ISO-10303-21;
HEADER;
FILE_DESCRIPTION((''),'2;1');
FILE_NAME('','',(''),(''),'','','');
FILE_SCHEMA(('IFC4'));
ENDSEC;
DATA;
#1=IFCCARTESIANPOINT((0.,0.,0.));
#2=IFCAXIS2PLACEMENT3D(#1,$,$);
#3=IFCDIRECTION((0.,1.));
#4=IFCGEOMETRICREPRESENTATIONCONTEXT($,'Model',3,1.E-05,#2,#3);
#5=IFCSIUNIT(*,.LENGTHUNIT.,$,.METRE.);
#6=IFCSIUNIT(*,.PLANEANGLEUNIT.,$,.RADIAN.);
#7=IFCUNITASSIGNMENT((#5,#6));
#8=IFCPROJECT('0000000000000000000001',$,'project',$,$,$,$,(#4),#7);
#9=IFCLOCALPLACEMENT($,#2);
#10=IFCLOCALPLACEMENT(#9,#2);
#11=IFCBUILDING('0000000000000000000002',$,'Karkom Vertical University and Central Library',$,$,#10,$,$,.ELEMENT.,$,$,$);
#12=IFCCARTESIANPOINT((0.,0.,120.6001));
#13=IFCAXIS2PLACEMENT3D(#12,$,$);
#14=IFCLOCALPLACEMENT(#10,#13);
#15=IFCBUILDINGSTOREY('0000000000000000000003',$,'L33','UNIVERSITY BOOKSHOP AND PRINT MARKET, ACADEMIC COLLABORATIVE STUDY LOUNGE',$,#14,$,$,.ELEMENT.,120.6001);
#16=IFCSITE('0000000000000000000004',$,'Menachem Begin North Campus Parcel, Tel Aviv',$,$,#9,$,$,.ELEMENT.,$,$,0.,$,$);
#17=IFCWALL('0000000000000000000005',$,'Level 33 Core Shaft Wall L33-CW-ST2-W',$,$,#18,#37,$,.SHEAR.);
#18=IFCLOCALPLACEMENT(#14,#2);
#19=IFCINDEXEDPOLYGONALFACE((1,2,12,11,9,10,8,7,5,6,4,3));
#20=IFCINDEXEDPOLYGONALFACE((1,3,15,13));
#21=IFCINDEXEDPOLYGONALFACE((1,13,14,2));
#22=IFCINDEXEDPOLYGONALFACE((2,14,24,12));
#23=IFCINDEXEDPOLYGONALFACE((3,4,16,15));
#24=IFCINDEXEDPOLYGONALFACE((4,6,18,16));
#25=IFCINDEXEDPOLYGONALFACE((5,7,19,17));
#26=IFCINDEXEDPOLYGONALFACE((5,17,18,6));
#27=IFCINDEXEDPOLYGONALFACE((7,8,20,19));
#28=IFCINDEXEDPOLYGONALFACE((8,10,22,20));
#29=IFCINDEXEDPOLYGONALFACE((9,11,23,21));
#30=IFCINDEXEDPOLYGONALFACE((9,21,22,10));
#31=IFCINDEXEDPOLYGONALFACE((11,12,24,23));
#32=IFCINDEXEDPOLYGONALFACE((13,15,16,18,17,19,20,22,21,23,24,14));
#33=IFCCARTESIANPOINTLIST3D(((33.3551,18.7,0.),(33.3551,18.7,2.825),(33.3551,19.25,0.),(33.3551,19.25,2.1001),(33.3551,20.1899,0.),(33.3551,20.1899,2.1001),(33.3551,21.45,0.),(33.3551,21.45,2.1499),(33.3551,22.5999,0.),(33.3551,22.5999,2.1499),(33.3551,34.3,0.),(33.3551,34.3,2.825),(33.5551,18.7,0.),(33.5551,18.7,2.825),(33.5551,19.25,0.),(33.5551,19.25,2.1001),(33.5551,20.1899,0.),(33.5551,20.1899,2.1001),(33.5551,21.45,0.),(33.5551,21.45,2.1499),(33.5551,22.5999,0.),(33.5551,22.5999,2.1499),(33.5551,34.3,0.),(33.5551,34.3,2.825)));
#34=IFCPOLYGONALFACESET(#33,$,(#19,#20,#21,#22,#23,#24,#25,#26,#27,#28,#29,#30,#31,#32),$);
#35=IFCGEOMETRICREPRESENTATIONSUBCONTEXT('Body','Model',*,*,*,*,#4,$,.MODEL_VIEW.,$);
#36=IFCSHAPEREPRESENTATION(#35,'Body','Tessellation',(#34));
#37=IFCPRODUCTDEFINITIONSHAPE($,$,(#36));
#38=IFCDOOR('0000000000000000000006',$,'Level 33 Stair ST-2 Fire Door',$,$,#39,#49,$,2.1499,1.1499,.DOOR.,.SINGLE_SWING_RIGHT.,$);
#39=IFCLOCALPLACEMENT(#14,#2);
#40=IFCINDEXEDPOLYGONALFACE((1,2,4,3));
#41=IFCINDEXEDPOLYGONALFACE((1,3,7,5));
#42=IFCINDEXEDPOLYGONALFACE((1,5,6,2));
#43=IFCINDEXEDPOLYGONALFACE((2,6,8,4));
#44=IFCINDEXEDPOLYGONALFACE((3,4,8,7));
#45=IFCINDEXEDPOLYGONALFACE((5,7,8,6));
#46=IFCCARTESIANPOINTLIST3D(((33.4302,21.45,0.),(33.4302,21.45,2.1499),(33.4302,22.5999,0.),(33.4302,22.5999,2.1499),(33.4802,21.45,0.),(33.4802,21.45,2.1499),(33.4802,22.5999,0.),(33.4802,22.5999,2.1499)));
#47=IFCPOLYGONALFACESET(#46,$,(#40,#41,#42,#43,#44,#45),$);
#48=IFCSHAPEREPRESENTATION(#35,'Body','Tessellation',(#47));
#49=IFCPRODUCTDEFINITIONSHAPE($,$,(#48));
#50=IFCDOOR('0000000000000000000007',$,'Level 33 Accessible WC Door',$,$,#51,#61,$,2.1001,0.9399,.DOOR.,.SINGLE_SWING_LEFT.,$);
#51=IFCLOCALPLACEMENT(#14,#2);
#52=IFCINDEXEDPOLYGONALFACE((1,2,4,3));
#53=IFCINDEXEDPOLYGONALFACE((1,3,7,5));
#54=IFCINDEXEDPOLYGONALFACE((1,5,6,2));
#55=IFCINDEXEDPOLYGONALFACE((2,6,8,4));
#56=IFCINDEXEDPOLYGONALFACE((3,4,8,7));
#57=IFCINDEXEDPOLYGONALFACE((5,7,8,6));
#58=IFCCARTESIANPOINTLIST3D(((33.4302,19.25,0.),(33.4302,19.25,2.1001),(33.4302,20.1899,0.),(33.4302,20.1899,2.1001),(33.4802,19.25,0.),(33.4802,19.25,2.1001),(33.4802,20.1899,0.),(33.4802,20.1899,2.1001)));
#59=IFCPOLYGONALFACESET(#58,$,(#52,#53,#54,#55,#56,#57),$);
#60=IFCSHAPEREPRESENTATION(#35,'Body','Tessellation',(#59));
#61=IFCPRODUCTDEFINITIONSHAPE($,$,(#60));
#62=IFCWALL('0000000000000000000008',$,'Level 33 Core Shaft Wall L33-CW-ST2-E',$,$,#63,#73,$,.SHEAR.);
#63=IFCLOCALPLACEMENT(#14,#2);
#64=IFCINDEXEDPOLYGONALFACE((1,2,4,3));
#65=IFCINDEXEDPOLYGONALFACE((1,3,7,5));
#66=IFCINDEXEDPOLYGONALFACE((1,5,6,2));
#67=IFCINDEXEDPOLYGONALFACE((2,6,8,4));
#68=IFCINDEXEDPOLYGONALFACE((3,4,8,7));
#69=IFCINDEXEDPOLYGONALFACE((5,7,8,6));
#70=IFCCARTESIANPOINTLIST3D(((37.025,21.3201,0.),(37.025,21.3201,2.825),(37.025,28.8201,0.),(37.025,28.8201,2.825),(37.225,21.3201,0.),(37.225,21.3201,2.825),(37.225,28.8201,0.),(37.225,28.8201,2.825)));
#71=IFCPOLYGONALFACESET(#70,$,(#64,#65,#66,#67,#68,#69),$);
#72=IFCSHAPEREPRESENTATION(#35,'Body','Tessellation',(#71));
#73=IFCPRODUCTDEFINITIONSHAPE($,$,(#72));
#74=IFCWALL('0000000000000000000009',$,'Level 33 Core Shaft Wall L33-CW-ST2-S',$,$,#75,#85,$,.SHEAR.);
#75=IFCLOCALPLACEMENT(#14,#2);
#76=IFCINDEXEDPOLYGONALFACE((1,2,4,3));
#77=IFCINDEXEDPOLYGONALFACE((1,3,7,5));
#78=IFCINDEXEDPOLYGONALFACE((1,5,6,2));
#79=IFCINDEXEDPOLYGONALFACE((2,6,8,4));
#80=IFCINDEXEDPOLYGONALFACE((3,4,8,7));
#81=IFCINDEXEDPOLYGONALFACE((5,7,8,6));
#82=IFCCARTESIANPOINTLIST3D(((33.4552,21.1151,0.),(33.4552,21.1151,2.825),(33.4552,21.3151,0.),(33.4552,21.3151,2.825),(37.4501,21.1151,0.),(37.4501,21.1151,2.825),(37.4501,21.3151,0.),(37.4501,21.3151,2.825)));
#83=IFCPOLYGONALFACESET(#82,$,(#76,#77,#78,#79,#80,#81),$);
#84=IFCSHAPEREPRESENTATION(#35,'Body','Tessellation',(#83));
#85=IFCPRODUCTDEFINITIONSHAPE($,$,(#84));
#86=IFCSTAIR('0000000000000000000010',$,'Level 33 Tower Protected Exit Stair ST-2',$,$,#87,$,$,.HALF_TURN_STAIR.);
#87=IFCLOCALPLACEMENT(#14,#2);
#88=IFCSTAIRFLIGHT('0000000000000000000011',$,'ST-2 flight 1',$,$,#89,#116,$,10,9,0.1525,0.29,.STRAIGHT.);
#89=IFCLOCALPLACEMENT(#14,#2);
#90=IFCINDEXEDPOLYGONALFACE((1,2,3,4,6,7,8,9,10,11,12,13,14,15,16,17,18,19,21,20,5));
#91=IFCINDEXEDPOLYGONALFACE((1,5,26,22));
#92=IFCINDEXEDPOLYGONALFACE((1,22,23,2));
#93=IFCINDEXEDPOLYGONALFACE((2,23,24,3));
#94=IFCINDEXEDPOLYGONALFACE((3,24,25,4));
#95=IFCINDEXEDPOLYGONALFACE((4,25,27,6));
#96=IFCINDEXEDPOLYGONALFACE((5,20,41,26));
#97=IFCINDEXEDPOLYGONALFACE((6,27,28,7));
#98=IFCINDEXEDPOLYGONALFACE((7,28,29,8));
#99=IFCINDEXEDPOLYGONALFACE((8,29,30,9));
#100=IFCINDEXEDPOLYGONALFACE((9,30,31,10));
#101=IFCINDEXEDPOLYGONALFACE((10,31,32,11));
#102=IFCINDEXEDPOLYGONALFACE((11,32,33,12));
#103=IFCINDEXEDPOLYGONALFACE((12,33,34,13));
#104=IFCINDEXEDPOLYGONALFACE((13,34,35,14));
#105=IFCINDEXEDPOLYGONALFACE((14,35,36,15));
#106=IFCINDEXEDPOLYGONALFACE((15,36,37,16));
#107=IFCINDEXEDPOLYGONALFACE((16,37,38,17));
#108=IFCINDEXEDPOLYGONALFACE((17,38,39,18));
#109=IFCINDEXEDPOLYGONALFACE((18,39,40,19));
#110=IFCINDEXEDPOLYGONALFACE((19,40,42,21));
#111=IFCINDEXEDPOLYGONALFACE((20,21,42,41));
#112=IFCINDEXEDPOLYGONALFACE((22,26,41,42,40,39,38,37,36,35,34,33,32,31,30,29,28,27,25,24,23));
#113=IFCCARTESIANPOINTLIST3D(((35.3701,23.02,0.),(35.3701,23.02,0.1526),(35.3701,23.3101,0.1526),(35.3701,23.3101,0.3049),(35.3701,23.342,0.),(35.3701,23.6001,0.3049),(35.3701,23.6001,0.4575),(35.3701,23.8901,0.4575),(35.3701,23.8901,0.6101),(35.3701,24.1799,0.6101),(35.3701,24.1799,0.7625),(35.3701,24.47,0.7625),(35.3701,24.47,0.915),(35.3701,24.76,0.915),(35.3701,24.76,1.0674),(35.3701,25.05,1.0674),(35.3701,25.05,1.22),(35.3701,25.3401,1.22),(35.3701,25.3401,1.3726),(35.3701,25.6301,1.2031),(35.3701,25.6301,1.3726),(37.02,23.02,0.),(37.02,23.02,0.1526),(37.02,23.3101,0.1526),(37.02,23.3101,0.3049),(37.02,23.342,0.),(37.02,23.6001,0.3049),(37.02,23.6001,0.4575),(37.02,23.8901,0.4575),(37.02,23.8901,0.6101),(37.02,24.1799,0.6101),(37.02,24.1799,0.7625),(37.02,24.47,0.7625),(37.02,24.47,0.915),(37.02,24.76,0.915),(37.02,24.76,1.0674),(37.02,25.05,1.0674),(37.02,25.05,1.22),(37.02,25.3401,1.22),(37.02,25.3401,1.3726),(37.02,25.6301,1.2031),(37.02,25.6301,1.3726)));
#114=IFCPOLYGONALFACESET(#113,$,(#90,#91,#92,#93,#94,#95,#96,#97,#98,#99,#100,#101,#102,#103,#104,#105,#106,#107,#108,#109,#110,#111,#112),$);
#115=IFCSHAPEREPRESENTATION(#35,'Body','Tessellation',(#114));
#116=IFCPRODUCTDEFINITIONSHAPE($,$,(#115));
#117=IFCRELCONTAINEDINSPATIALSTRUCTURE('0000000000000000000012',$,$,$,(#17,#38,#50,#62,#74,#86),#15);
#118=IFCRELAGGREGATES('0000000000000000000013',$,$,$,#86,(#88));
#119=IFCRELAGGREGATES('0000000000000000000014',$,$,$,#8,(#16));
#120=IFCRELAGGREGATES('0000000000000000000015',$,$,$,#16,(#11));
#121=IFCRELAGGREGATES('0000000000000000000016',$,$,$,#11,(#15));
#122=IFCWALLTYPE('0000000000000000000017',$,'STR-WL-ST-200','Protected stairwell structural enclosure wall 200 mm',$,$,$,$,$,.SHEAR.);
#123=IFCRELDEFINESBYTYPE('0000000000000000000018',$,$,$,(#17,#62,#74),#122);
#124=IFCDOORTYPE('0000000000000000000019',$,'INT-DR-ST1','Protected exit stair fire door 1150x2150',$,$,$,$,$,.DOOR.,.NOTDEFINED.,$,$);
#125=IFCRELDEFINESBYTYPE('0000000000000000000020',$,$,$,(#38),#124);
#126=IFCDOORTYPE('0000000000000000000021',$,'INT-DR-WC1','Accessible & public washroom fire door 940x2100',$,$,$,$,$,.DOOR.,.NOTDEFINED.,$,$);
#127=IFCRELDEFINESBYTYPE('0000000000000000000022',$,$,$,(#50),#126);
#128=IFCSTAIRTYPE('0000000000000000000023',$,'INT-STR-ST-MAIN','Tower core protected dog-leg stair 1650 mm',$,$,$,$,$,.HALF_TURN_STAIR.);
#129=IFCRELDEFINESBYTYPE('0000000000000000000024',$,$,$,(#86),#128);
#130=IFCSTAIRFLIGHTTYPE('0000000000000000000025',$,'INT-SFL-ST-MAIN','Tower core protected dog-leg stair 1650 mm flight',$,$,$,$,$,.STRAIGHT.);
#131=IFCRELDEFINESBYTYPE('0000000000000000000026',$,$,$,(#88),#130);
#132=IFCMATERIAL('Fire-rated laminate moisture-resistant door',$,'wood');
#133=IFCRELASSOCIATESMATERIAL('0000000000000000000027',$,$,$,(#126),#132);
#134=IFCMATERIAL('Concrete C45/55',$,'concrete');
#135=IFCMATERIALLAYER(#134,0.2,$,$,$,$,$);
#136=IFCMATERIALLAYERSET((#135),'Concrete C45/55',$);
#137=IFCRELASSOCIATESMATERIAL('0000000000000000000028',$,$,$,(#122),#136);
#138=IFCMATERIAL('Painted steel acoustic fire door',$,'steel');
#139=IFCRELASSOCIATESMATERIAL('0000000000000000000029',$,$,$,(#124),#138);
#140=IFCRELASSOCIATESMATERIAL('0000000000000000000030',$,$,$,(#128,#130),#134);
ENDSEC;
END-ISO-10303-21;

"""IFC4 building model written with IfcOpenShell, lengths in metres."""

from ifc_helpers import new_model, si_unit, direction, frame, frame_2d, origin, origin_with_axes, place, context, subcontext, project, spatial, polyline, rectangle, outline, extrude, source, transform, mapped, material, layer, layer_set, type_object, element, fill, aggregate, save


model = new_model("IFC4")

# Units and contexts
model_context = context("Model", 3, precision=1e-05, world=origin(), true_north=direction((0.0, 1.0)))
body_context = subcontext(model_context, "Body", "Model", "MODEL_VIEW")
ifc_project = project(units=[si_unit("LENGTHUNIT", "METRE"), si_unit("PLANEANGLEUNIT", "RADIAN")], contexts=[model_context])

# Site, building, storey
site_placement = place(None, origin())
site = spatial("IfcSite", under=ifc_project, at=site_placement, Name="Menachem Begin North Campus Parcel, Tel Aviv", CompositionType="ELEMENT", RefElevation=0.0)
building_placement = place(site_placement, origin())
building = spatial("IfcBuilding", under=site, at=building_placement, Name="Karkom Vertical University and Central Library", CompositionType="ELEMENT")
storey_placement = place(building_placement, frame((0.0, 0.0, 120.6001)))
storey = spatial("IfcBuildingStorey", under=building, at=storey_placement, Name="L33", Description="UNIVERSITY BOOKSHOP AND PRINT MARKET, ACADEMIC COLLABORATIVE STUDY LOUNGE", CompositionType="ELEMENT", Elevation=120.6001)

# Shared definitions
ifc_material_1 = material(Name="Fire-rated laminate moisture-resistant door", Category="wood")
door_type_1 = type_object("IfcDoorType", Name="INT-DR-WC1", Description="Accessible & public washroom fire door 940x2100", OperationType="NOTDEFINED", PredefinedType="DOOR", material=ifc_material_1)
shared_shape_1 = source(origin_with_axes(), body_context, "Body", "SweptSolid", [
    extrude(rectangle(XDim=0.9399, YDim=2.1001, at=frame_2d((0.47, 1.05))), frame((0.0, 0.0249, 0.0), z_axis=(0.0, -1.0, 0.0), x_axis=(1.0, 0.0, 0.0)), (0.0, 0.0, 1.0), 0.05),
])

# Wall, openings, doors
ifc_material_2 = material(Name="Concrete C45/55", Category="concrete")
ifc_layer_1 = layer(ifc_material_2, 0.2)
ifc_layer_set_1 = layer_set([ifc_layer_1], Name="Concrete C45/55")
wall_type_1 = type_object("IfcWallType", Name="STR-WL-ST-200", Description="Protected stairwell structural enclosure wall 200 mm", PredefinedType="SHEAR", material=ifc_layer_set_1)
wall_1_placement = place(storey_placement, frame((33.4551, 18.7, 0.0), z_axis=(0.0, 0.0, 1.0), x_axis=(0.0, 1.0, 0.0)))
wall_1 = element("IfcWall", 1, at=wall_1_placement, inside=storey, type_object=wall_type_1, Name="Level 33 Core Shaft Wall L33-CW-ST2-W", PredefinedType="SHEAR", context=body_context, shape_type="SweptSolid", body=[
    extrude(rectangle(XDim=15.6001, YDim=0.2, at=frame_2d((7.8, 0.0))), origin(), (0.0, 0.0, 1.0), 2.825),
])
opening_1_placement = place(wall_1_placement, frame((2.75, 0.0, 0.0)))
opening_1 = element("IfcOpeningElement", 2, at=opening_1_placement, cuts=wall_1, PredefinedType="OPENING", context=body_context, shape_type="SweptSolid", body=[
    extrude(rectangle(XDim=1.1499, YDim=2.1499, at=frame_2d((0.575, 1.075))), frame((0.0, 0.1099, 0.0), z_axis=(0.0, -1.0, 0.0), x_axis=(1.0, 0.0, 0.0)), (0.0, 0.0, 1.0), 0.22),
])
opening_2_placement = place(wall_1_placement, frame((0.55, 0.0, 0.0)))
opening_2 = element("IfcOpeningElement", 3, at=opening_2_placement, cuts=wall_1, PredefinedType="OPENING", context=body_context, shape_type="SweptSolid", body=[
    extrude(rectangle(XDim=0.9399, YDim=2.1001, at=frame_2d((0.47, 1.05))), frame((0.0, 0.1099, 0.0), z_axis=(0.0, -1.0, 0.0), x_axis=(1.0, 0.0, 0.0)), (0.0, 0.0, 1.0), 0.22),
])
ifc_material_3 = material(Name="Painted steel acoustic fire door", Category="steel")
door_type_2 = type_object("IfcDoorType", Name="INT-DR-ST1", Description="Protected exit stair fire door 1150x2150", OperationType="NOTDEFINED", PredefinedType="DOOR", material=ifc_material_3)
shared_shape_2 = source(origin_with_axes(), body_context, "Body", "SweptSolid", [
    extrude(rectangle(XDim=1.1499, YDim=2.1499, at=frame_2d((0.575, 1.075))), frame((0.0, 0.0249, 0.0), z_axis=(0.0, -1.0, 0.0), x_axis=(1.0, 0.0, 0.0)), (0.0, 0.0, 1.0), 0.05),
])
door_1_placement = place(opening_1_placement, origin())
door_1 = element("IfcDoor", 4, at=door_1_placement, inside=storey, type_object=door_type_2, Name="Level 33 Stair ST-2 Fire Door", OperationType="SINGLE_SWING_RIGHT", OverallHeight=2.1499, OverallWidth=1.1499, PredefinedType="DOOR", context=body_context, shape_type="MappedRepresentation", body=[
    mapped(shared_shape_2, transform((0.0, 0.0, 0.0), scale=1.0)),
])
fill(opening_1, door_1)
door_2_placement = place(opening_2_placement, origin())
door_2 = element("IfcDoor", 5, at=door_2_placement, inside=storey, type_object=door_type_1, Name="Level 33 Accessible WC Door", OperationType="SINGLE_SWING_LEFT", OverallHeight=2.1001, OverallWidth=0.9399, PredefinedType="DOOR", context=body_context, shape_type="MappedRepresentation", body=[
    mapped(shared_shape_1, transform((0.0, 0.0, 0.0), scale=1.0)),
])
fill(opening_2, door_2)

# Walls
wall_2_placement = place(storey_placement, frame((37.125, 21.3201, 0.0), z_axis=(0.0, 0.0, 1.0), x_axis=(0.0, 1.0, 0.0)))
element("IfcWall", 6, at=wall_2_placement, inside=storey, type_object=wall_type_1, Name="Level 33 Core Shaft Wall L33-CW-ST2-E", PredefinedType="SHEAR", context=body_context, shape_type="SweptSolid", body=[
    extrude(rectangle(XDim=7.5, YDim=0.2, at=frame_2d((3.75, 0.0))), origin(), (0.0, 0.0, 1.0), 2.825),
])
wall_3_placement = place(storey_placement, frame((33.4551, 21.2151, 0.0), z_axis=(0.0, 0.0, 1.0), x_axis=(1.0, 0.0, 0.0)))
element("IfcWall", 7, at=wall_3_placement, inside=storey, type_object=wall_type_1, Name="Level 33 Core Shaft Wall L33-CW-ST2-S", PredefinedType="SHEAR", context=body_context, shape_type="SweptSolid", body=[
    extrude(rectangle(XDim=3.9949, YDim=0.2, at=frame_2d((1.9976, 0.0))), origin(), (0.0, 0.0, 1.0), 2.825),
])

# Stair, stair flight
stair_type = type_object("IfcStairType", Name="INT-STR-ST-MAIN", Description="Tower core protected dog-leg stair 1650 mm", PredefinedType="HALF_TURN_STAIR", material=ifc_material_2)
stair_placement = place(storey_placement, origin())
stair = element("IfcStair", 8, at=stair_placement, inside=storey, type_object=stair_type, Name="Level 33 Tower Protected Exit Stair ST-2", PredefinedType="HALF_TURN_STAIR")
stair_flight_type = type_object("IfcStairFlightType", Name="INT-SFL-ST-MAIN", Description="Tower core protected dog-leg stair 1650 mm flight", PredefinedType="STRAIGHT", material=ifc_material_2)
stair_flight_placement = place(storey_placement, frame((36.1951, 23.02, 0.0), z_axis=(0.0, 0.0, 1.0), x_axis=(0.0, 1.0, 0.0)))
stair_flight = element("IfcStairFlight", 9, at=stair_flight_placement, type_object=stair_flight_type, Name="ST-2 flight 1", NumberOfRisers=10, NumberOfTreads=9, PredefinedType="STRAIGHT", RiserHeight=0.1525, TreadLength=0.29, context=body_context, shape_type="SweptSolid", body=[
    extrude(outline(polyline([(0.0, 0.0), (0.0, 0.1526), (0.29, 0.1526), (0.29, 0.3049), (0.5801, 0.3049), (0.5801, 0.4575), (0.8701, 0.4575), (0.8701, 0.6101), (1.1599, 0.6101), (1.1599, 0.7625), (1.45, 0.7625), (1.45, 0.915), (1.74, 0.915), (1.74, 1.0674), (2.03, 1.0674), (2.03, 1.22), (2.3201, 1.22), (2.3201, 1.3726), (2.6101, 1.3726), (2.6101, 1.5249), (2.6101, 1.2031), (0.322, 0.0), (0.0, 0.0)])), frame((0.0, 0.825, 0.0), z_axis=(0.0, -1.0, 0.0), x_axis=(1.0, 0.0, 0.0)), (0.0, 0.0, 1.0), 1.6499),
])
aggregate(stair, [stair_flight])

save(model, "model.ifc")
